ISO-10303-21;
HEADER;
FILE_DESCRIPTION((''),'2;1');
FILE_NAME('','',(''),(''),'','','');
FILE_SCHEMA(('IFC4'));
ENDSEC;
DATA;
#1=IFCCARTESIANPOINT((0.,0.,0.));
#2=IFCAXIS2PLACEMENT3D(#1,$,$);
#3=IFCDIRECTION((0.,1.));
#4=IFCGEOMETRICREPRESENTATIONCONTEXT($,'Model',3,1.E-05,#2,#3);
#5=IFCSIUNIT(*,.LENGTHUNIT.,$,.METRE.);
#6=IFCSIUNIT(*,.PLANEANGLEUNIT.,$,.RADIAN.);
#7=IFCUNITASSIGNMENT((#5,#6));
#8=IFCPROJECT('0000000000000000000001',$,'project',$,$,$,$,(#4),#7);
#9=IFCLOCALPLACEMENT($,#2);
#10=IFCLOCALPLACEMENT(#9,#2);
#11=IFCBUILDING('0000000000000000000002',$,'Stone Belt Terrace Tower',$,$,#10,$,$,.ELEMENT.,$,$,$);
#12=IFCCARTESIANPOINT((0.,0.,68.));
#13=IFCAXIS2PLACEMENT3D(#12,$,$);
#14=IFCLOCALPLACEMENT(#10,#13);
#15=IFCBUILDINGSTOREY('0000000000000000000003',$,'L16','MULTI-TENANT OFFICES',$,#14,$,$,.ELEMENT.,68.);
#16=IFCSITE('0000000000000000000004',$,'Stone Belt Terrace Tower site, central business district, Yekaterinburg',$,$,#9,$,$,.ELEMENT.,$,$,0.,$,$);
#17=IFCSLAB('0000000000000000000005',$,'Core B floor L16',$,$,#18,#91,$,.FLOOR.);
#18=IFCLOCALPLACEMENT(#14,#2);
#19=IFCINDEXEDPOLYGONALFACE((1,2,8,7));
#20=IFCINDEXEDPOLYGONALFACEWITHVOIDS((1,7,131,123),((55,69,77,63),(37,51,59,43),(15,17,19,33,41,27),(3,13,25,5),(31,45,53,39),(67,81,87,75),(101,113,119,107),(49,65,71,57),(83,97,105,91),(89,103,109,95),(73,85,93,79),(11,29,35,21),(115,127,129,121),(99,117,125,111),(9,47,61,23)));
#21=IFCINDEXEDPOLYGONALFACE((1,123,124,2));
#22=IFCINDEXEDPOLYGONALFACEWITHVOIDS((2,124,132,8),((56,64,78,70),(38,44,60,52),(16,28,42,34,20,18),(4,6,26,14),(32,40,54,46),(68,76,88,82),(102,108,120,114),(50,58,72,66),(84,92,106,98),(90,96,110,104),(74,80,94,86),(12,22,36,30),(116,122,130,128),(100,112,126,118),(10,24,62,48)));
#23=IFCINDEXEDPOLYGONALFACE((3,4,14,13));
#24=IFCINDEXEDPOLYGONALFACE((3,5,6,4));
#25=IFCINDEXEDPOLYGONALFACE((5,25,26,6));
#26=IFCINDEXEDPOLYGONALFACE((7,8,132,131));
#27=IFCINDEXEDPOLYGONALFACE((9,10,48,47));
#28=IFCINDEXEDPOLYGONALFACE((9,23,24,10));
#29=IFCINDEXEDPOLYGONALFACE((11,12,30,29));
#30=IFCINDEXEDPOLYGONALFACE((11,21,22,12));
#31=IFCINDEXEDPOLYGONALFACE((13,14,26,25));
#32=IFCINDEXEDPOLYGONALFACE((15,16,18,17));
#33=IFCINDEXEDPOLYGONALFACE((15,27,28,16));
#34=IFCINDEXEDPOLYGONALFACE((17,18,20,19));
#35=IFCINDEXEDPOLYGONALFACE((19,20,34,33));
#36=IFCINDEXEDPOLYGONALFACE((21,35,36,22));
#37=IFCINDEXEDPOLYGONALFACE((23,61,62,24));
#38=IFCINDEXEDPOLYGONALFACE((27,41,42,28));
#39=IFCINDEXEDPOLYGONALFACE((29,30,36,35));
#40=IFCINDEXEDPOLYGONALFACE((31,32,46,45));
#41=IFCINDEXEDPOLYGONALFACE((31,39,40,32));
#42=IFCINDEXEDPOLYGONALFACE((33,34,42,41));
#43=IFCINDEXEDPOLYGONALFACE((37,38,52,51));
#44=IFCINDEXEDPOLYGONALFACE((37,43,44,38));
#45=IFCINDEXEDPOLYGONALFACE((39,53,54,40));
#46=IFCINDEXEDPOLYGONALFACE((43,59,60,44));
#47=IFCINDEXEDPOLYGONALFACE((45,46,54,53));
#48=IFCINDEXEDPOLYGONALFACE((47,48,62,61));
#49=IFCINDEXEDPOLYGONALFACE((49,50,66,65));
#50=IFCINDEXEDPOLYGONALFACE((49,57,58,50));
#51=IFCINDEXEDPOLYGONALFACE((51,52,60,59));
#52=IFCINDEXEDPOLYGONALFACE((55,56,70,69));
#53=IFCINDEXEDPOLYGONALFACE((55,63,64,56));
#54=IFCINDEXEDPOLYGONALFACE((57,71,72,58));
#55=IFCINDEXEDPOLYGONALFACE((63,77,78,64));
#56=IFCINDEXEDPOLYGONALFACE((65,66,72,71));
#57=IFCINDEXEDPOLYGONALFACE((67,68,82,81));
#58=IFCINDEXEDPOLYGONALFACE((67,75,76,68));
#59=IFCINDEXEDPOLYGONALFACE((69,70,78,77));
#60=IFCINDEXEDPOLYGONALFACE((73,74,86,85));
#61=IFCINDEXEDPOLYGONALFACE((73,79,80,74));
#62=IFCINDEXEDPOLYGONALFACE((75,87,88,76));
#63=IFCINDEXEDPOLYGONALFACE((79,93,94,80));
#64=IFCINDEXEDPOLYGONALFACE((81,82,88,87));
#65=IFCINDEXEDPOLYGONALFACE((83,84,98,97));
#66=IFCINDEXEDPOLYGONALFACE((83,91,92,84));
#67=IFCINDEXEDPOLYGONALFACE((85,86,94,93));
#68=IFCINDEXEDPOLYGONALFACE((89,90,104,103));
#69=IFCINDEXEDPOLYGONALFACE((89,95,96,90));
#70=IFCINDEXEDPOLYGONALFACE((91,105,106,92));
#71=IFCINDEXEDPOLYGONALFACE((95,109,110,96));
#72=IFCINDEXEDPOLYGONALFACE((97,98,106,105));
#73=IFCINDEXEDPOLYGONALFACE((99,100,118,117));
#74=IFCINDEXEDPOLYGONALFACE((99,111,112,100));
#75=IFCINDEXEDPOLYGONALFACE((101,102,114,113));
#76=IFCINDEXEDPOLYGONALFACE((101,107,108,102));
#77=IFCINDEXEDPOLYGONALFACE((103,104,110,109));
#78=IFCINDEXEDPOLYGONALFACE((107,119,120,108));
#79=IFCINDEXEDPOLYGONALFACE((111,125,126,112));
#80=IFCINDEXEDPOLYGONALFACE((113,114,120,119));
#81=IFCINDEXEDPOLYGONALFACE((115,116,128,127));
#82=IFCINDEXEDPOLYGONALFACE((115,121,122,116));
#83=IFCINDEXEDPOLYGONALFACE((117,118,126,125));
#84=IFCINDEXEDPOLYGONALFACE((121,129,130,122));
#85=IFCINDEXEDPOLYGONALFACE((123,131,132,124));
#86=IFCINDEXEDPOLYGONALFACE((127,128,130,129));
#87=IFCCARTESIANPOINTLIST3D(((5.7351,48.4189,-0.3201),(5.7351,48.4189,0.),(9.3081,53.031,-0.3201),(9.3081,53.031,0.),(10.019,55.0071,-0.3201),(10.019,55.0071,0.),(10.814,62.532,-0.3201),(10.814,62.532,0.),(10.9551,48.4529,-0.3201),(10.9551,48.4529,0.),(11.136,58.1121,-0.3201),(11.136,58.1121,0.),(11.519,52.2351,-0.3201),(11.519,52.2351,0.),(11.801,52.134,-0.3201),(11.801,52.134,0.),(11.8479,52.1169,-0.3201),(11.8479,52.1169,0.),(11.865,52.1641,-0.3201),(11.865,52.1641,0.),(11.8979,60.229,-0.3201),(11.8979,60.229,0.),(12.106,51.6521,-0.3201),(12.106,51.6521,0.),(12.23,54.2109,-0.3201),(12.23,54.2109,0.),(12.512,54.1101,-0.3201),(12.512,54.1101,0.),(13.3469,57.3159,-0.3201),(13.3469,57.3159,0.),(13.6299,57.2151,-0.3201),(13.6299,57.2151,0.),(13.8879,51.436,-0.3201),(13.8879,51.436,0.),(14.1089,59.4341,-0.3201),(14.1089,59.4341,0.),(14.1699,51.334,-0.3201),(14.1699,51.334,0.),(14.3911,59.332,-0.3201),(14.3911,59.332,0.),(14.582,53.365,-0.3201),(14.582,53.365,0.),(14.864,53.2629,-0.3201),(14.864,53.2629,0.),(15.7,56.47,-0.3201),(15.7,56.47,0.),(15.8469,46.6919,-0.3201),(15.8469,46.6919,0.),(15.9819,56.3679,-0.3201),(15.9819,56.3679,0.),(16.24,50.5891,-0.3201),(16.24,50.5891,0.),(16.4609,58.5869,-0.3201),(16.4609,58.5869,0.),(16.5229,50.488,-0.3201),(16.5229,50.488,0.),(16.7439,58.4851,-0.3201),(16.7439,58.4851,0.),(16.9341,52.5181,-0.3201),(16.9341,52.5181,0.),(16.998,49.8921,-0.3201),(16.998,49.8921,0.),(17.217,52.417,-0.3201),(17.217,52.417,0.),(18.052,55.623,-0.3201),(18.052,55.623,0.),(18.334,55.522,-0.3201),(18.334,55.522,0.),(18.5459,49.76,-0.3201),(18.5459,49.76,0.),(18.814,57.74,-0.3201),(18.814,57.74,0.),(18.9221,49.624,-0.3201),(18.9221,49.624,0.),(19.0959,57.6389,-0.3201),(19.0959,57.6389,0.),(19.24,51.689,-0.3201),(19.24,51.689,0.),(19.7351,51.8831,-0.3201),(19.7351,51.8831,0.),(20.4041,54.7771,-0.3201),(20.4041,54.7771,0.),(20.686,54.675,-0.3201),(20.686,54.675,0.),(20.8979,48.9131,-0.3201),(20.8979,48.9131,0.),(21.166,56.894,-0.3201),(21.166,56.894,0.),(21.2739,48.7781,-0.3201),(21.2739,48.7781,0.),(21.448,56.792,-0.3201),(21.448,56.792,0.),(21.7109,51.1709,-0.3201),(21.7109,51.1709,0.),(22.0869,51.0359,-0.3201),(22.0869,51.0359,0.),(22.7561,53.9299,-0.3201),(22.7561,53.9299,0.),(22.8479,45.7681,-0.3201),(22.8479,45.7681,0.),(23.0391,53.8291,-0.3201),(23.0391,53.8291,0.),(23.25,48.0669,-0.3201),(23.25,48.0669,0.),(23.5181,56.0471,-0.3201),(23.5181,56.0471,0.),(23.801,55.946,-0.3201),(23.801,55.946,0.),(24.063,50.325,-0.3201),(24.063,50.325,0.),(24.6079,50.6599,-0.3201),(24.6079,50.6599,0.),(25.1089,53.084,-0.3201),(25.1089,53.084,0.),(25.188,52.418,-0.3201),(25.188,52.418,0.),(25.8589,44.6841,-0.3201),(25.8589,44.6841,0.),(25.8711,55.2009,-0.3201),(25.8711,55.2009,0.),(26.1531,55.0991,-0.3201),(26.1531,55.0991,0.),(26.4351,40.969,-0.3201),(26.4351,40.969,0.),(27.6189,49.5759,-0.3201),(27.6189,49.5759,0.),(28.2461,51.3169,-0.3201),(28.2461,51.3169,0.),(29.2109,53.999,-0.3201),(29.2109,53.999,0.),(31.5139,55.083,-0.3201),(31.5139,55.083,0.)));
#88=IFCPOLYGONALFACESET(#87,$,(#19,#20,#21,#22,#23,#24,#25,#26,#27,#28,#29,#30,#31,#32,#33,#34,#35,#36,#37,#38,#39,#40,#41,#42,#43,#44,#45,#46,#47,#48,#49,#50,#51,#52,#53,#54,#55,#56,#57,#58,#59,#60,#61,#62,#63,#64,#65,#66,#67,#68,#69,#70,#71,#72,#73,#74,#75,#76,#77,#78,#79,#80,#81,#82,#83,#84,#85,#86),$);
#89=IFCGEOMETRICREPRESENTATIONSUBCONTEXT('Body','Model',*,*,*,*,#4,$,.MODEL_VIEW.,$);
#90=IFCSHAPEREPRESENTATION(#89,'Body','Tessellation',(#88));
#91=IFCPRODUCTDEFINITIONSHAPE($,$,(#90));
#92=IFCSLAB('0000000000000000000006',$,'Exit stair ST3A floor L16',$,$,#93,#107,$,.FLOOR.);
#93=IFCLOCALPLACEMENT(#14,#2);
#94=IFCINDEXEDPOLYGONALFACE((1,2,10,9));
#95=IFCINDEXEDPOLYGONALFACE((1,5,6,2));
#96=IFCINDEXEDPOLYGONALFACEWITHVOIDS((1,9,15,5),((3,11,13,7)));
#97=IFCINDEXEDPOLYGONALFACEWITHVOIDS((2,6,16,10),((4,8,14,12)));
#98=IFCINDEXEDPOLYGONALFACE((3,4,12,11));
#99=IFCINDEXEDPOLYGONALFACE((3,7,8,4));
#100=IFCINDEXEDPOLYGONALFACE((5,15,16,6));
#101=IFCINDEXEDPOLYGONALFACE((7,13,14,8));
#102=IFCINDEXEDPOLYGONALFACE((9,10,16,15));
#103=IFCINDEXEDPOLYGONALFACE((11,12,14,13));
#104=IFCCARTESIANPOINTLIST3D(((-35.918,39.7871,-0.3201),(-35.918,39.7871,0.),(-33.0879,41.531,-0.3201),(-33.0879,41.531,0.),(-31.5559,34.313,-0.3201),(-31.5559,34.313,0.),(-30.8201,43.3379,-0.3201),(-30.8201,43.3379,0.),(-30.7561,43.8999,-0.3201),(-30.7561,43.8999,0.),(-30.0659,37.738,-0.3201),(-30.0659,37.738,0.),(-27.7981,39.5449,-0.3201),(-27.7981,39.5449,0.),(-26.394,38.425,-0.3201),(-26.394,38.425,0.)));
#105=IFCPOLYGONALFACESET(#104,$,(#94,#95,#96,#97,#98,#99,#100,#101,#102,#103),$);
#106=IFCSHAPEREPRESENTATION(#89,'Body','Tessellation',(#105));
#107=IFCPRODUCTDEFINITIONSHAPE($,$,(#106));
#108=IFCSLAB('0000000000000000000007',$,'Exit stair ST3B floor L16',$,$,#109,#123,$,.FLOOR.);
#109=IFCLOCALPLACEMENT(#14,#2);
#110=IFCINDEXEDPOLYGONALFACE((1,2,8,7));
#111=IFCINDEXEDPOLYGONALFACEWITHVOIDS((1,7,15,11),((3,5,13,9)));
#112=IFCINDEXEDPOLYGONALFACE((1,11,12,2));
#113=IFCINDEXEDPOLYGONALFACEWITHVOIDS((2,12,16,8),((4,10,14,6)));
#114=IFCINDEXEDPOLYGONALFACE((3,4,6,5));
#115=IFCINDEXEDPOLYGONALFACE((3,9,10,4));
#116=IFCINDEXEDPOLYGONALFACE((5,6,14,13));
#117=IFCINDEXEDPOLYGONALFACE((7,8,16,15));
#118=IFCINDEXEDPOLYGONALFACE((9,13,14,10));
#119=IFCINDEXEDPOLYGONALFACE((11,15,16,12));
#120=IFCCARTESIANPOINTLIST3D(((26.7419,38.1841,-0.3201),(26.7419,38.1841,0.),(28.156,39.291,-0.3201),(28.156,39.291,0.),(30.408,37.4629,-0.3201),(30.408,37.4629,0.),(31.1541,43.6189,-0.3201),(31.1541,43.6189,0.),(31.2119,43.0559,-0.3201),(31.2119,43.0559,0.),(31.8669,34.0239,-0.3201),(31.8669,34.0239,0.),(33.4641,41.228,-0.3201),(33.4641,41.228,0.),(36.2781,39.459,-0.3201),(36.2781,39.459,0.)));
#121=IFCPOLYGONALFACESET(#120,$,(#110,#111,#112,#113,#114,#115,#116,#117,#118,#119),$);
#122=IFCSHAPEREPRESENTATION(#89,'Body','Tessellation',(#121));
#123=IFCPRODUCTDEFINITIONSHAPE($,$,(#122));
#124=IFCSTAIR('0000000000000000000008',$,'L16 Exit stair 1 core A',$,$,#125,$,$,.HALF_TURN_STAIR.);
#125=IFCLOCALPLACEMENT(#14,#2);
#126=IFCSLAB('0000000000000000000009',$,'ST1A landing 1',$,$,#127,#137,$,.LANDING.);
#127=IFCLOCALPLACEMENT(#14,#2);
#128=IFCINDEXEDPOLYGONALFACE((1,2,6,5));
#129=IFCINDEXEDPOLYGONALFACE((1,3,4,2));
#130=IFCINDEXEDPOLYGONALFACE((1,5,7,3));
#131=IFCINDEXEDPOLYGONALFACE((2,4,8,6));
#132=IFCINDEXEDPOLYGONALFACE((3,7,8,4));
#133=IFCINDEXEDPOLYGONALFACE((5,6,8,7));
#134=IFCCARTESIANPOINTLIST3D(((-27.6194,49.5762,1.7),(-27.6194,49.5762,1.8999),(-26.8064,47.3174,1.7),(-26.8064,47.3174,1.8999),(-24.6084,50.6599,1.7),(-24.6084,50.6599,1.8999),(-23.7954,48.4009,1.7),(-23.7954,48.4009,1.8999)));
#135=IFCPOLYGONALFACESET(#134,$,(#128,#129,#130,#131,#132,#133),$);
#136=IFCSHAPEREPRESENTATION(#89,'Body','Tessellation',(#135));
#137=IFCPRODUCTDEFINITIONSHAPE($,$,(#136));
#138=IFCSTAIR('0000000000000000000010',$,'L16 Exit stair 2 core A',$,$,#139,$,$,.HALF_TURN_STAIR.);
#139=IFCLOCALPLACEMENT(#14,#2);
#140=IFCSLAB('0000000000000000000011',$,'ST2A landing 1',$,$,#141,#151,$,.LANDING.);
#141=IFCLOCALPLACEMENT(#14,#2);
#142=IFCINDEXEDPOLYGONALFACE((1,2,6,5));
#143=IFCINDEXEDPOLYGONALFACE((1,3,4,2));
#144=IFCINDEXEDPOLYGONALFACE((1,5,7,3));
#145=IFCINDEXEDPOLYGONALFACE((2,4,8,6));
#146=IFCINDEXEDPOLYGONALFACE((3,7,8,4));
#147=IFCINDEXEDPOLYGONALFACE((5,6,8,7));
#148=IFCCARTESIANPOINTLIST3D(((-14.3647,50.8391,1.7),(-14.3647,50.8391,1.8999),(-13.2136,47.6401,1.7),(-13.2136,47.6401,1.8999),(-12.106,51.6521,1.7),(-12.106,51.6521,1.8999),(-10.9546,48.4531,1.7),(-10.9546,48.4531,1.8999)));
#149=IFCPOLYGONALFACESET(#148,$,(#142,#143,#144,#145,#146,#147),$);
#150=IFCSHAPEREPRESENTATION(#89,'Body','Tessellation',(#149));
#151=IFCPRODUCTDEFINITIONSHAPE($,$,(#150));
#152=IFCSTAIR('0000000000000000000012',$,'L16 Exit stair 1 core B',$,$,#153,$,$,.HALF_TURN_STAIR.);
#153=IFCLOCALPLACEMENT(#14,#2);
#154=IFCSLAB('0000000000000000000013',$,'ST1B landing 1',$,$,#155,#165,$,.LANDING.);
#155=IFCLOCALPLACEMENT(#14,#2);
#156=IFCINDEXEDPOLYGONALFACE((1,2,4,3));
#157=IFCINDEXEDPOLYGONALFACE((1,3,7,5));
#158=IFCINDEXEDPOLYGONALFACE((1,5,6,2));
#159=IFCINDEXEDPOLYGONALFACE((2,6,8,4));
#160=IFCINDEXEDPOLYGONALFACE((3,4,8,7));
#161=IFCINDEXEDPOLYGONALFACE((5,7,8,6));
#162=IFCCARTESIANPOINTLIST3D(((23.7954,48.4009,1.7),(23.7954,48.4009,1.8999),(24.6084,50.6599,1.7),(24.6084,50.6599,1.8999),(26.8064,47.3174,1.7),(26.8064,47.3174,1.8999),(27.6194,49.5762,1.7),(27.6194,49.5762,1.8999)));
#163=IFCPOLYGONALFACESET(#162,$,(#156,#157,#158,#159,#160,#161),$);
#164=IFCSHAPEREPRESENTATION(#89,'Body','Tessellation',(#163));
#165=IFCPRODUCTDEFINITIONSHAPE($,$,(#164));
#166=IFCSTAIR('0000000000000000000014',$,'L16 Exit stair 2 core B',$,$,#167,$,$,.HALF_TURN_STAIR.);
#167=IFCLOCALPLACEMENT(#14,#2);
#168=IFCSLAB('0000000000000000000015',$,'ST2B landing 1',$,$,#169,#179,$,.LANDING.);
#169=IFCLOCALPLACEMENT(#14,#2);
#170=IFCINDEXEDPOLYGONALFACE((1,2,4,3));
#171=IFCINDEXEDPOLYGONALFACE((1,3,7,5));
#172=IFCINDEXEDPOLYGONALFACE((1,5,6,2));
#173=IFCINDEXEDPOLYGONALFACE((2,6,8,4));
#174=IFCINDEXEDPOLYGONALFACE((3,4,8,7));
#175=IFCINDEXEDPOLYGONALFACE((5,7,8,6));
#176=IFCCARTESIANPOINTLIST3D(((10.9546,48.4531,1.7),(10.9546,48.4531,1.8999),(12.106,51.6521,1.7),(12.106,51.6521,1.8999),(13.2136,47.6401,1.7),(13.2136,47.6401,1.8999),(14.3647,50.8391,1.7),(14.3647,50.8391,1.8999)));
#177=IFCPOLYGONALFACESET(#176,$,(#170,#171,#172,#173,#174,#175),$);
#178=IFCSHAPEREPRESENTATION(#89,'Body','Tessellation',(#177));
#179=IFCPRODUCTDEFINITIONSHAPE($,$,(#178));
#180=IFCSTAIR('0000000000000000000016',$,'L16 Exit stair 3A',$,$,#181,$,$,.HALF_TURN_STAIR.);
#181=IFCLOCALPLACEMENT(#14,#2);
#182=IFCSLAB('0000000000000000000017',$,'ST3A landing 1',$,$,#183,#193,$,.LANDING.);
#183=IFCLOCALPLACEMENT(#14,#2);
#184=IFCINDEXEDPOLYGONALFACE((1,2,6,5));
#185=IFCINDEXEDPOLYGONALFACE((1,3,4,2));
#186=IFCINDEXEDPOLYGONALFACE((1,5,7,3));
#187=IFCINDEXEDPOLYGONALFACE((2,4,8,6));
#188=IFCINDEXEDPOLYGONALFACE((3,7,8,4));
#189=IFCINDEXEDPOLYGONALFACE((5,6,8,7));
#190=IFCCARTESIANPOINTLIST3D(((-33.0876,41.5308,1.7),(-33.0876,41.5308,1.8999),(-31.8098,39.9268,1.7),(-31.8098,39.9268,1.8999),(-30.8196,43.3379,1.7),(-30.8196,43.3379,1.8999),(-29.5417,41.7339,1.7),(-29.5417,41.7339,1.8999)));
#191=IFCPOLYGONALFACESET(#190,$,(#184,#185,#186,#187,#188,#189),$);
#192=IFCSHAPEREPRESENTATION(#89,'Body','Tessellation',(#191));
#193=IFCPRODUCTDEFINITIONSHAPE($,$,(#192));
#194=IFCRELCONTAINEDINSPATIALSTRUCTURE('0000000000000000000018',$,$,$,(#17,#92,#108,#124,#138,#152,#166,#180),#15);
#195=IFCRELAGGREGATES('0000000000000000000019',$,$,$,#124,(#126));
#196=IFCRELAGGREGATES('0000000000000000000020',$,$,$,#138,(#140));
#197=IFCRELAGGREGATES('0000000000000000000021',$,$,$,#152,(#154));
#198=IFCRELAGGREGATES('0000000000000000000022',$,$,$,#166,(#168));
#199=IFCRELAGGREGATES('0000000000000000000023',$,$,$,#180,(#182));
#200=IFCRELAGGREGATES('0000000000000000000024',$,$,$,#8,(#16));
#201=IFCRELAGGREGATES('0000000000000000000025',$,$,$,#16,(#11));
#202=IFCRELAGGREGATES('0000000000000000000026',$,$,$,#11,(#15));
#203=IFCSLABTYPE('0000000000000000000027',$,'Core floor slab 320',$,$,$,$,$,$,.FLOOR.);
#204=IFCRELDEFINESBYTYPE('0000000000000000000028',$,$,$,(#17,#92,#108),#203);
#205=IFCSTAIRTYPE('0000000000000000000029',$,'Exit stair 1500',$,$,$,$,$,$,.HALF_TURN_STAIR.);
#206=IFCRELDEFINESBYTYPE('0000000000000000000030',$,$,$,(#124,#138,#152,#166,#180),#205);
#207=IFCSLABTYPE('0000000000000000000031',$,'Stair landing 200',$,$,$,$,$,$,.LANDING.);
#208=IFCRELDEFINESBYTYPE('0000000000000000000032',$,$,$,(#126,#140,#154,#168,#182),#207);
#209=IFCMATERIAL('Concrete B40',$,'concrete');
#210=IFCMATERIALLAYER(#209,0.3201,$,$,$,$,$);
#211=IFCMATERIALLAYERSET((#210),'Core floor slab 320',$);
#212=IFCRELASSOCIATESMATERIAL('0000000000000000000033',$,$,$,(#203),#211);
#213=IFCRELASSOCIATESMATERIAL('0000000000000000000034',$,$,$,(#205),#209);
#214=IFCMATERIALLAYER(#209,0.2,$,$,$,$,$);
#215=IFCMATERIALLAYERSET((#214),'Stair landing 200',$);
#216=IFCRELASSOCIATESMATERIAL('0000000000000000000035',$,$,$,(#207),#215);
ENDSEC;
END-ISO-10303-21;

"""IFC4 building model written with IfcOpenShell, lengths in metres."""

from ifc_helpers import new_model, si_unit, direction, frame, origin, place, context, subcontext, project, spatial, polyline, outline, extrude, material, layer, layer_set, type_object, element, aggregate, save


model = new_model("IFC4")

# Units and contexts
model_context = context("Model", 3, precision=1e-05, world=origin(), true_north=direction((0.0, 1.0)))
body_context = subcontext(model_context, "Body", "Model", "MODEL_VIEW")
ifc_project = project(units=[si_unit("LENGTHUNIT", "METRE"), si_unit("PLANEANGLEUNIT", "RADIAN")], contexts=[model_context])

# Site, building, storey
site_placement = place(None, origin())
site = spatial("IfcSite", under=ifc_project, at=site_placement, Name="Stone Belt Terrace Tower site, central business district, Yekaterinburg", CompositionType="ELEMENT", RefElevation=0.0)
building_placement = place(site_placement, origin())
building = spatial("IfcBuilding", under=site, at=building_placement, Name="Stone Belt Terrace Tower", CompositionType="ELEMENT")
storey_placement = place(building_placement, frame((0.0, 0.0, 68.0)))
storey = spatial("IfcBuildingStorey", under=building, at=storey_placement, Name="L16", Description="MULTI-TENANT OFFICES", CompositionType="ELEMENT", Elevation=68.0)

# Slabs
ifc_material_1 = material(Name="Concrete B40", Category="concrete")
ifc_layer_1 = layer(ifc_material_1, 0.3201)
ifc_layer_set_1 = layer_set([ifc_layer_1], Name="Core floor slab 320")
slab_type_1 = type_object("IfcSlabType", Name="Core floor slab 320", PredefinedType="FLOOR", material=ifc_layer_set_1)
slab_1_placement = place(storey_placement, frame((0.0, 0.0, -0.3201)))
element("IfcSlab", 1, at=slab_1_placement, inside=storey, type_object=slab_type_1, Name="Core B floor L16", PredefinedType="FLOOR", context=body_context, shape_type="SweptSolid", body=[
    extrude(outline(polyline([(26.4351, 40.969), (31.5139, 55.083), (10.814, 62.532), (5.7351, 48.4189), (26.4351, 40.969)]), holes=[polyline([(12.106, 51.6521), (16.998, 49.8921), (15.8469, 46.6919), (10.9551, 48.4529), (12.106, 51.6521)]), polyline([(19.24, 51.689), (18.5459, 49.76), (16.5229, 50.488), (17.217, 52.417), (19.24, 51.689)]), polyline([(16.24, 50.5891), (14.1699, 51.334), (14.864, 53.2629), (16.9341, 52.5181), (16.24, 50.5891)]), polyline([(14.582, 53.365), (13.8879, 51.436), (11.865, 52.1641), (11.8479, 52.1169), (11.801, 52.134), (12.512, 54.1101), (14.582, 53.365)]), polyline([(9.3081, 53.031), (10.019, 55.0071), (12.23, 54.2109), (11.519, 52.2351), (9.3081, 53.031)]), polyline([(16.7439, 58.4851), (18.814, 57.74), (18.052, 55.623), (15.9819, 56.3679), (16.7439, 58.4851)]), polyline([(14.3911, 59.332), (16.4609, 58.5869), (15.7, 56.47), (13.6299, 57.2151), (14.3911, 59.332)]), polyline([(11.8979, 60.229), (14.1089, 59.4341), (13.3469, 57.3159), (11.136, 58.1121), (11.8979, 60.229)]), polyline([(25.8589, 44.6841), (22.8479, 45.7681), (24.6079, 50.6599), (27.6189, 49.5759), (25.8589, 44.6841)]), polyline([(21.2739, 48.7781), (22.0869, 51.0359), (24.063, 50.325), (23.25, 48.0669), (21.2739, 48.7781)]), polyline([(18.9221, 49.624), (19.7351, 51.8831), (21.7109, 51.1709), (20.8979, 48.9131), (18.9221, 49.624)]), polyline([(29.2109, 53.999), (28.2461, 51.3169), (25.188, 52.418), (26.1531, 55.0991), (29.2109, 53.999)]), polyline([(23.801, 55.946), (25.8711, 55.2009), (25.1089, 53.084), (23.0391, 53.8291), (23.801, 55.946)]), polyline([(21.448, 56.792), (23.5181, 56.0471), (22.7561, 53.9299), (20.686, 54.675), (21.448, 56.792)]), polyline([(19.0959, 57.6389), (21.166, 56.894), (20.4041, 54.7771), (18.334, 55.522), (19.0959, 57.6389)])]), origin(), (0.0, 0.0, 1.0), 0.3201),
])
slab_2_placement = place(storey_placement, frame((0.0, 0.0, -0.3201)))
element("IfcSlab", 2, at=slab_2_placement, inside=storey, type_object=slab_type_1, Name="Exit stair ST3A floor L16", PredefinedType="FLOOR", context=body_context, shape_type="SweptSolid", body=[
    extrude(outline(polyline([(-26.394, 38.425), (-30.7561, 43.8999), (-35.918, 39.7871), (-31.5559, 34.313), (-26.394, 38.425)]), holes=[polyline([(-27.7981, 39.5449), (-30.0659, 37.738), (-33.0879, 41.531), (-30.8201, 43.3379), (-27.7981, 39.5449)])]), origin(), (0.0, 0.0, 1.0), 0.3201),
])
slab_3_placement = place(storey_placement, frame((0.0, 0.0, -0.3201)))
element("IfcSlab", 3, at=slab_3_placement, inside=storey, type_object=slab_type_1, Name="Exit stair ST3B floor L16", PredefinedType="FLOOR", context=body_context, shape_type="SweptSolid", body=[
    extrude(outline(polyline([(26.7419, 38.1841), (31.8669, 34.0239), (36.2781, 39.459), (31.1541, 43.6189), (26.7419, 38.1841)]), holes=[polyline([(30.408, 37.4629), (28.156, 39.291), (31.2119, 43.0559), (33.4641, 41.228), (30.408, 37.4629)])]), origin(), (0.0, 0.0, 1.0), 0.3201),
])

# Stairs, slabs
stair_type = type_object("IfcStairType", Name="Exit stair 1500", PredefinedType="HALF_TURN_STAIR", material=ifc_material_1)
stair_1_placement = place(storey_placement, origin())
stair_1 = element("IfcStair", 4, at=stair_1_placement, inside=storey, type_object=stair_type, Name="L16 Exit stair 1 core A", PredefinedType="HALF_TURN_STAIR")
ifc_layer_2 = layer(ifc_material_1, 0.2)
ifc_layer_set_2 = layer_set([ifc_layer_2], Name="Stair landing 200")
slab_type_2 = type_object("IfcSlabType", Name="Stair landing 200", PredefinedType="LANDING", material=ifc_layer_set_2)
slab_4_placement = place(storey_placement, frame((0.0, 0.0, 1.7)))
slab_4 = element("IfcSlab", 5, at=slab_4_placement, type_object=slab_type_2, Name="ST1A landing 1", PredefinedType="LANDING", context=body_context, shape_type="SweptSolid", body=[
    extrude(outline(polyline([(-23.7954, 48.4009), (-24.6084, 50.6599), (-27.6194, 49.5762), (-26.8064, 47.3174), (-23.7954, 48.4009)])), origin(), (0.0, 0.0, 1.0), 0.2),
])
aggregate(stair_1, [slab_4])
stair_2_placement = place(storey_placement, origin())
stair_2 = element("IfcStair", 6, at=stair_2_placement, inside=storey, type_object=stair_type, Name="L16 Exit stair 2 core A", PredefinedType="HALF_TURN_STAIR")
slab_5_placement = place(storey_placement, frame((0.0, 0.0, 1.7)))
slab_5 = element("IfcSlab", 7, at=slab_5_placement, type_object=slab_type_2, Name="ST2A landing 1", PredefinedType="LANDING", context=body_context, shape_type="SweptSolid", body=[
    extrude(outline(polyline([(-13.2136, 47.6401), (-10.9546, 48.4531), (-12.106, 51.6521), (-14.3647, 50.8391), (-13.2136, 47.6401)])), origin(), (0.0, 0.0, 1.0), 0.2),
])
aggregate(stair_2, [slab_5])
stair_3_placement = place(storey_placement, origin())
stair_3 = element("IfcStair", 8, at=stair_3_placement, inside=storey, type_object=stair_type, Name="L16 Exit stair 1 core B", PredefinedType="HALF_TURN_STAIR")
slab_6_placement = place(storey_placement, frame((0.0, 0.0, 1.7)))
slab_6 = element("IfcSlab", 9, at=slab_6_placement, type_object=slab_type_2, Name="ST1B landing 1", PredefinedType="LANDING", context=body_context, shape_type="SweptSolid", body=[
    extrude(outline(polyline([(26.8064, 47.3174), (27.6194, 49.5762), (24.6084, 50.6599), (23.7954, 48.4009), (26.8064, 47.3174)])), origin(), (0.0, 0.0, 1.0), 0.2),
])
aggregate(stair_3, [slab_6])
stair_4_placement = place(storey_placement, origin())
stair_4 = element("IfcStair", 10, at=stair_4_placement, inside=storey, type_object=stair_type, Name="L16 Exit stair 2 core B", PredefinedType="HALF_TURN_STAIR")
slab_7_placement = place(storey_placement, frame((0.0, 0.0, 1.7)))
slab_7 = element("IfcSlab", 11, at=slab_7_placement, type_object=slab_type_2, Name="ST2B landing 1", PredefinedType="LANDING", context=body_context, shape_type="SweptSolid", body=[
    extrude(outline(polyline([(14.3647, 50.8391), (12.106, 51.6521), (10.9546, 48.4531), (13.2136, 47.6401), (14.3647, 50.8391)])), origin(), (0.0, 0.0, 1.0), 0.2),
])
aggregate(stair_4, [slab_7])
stair_5_placement = place(storey_placement, origin())
stair_5 = element("IfcStair", 12, at=stair_5_placement, inside=storey, type_object=stair_type, Name="L16 Exit stair 3A", PredefinedType="HALF_TURN_STAIR")
slab_8_placement = place(storey_placement, frame((0.0, 0.0, 1.7)))
slab_8 = element("IfcSlab", 13, at=slab_8_placement, type_object=slab_type_2, Name="ST3A landing 1", PredefinedType="LANDING", context=body_context, shape_type="SweptSolid", body=[
    extrude(outline(polyline([(-29.5417, 41.7339), (-30.8196, 43.3379), (-33.0876, 41.5308), (-31.8098, 39.9268), (-29.5417, 41.7339)])), origin(), (0.0, 0.0, 1.0), 0.2),
])
aggregate(stair_5, [slab_8])

save(model, "model.ifc")
